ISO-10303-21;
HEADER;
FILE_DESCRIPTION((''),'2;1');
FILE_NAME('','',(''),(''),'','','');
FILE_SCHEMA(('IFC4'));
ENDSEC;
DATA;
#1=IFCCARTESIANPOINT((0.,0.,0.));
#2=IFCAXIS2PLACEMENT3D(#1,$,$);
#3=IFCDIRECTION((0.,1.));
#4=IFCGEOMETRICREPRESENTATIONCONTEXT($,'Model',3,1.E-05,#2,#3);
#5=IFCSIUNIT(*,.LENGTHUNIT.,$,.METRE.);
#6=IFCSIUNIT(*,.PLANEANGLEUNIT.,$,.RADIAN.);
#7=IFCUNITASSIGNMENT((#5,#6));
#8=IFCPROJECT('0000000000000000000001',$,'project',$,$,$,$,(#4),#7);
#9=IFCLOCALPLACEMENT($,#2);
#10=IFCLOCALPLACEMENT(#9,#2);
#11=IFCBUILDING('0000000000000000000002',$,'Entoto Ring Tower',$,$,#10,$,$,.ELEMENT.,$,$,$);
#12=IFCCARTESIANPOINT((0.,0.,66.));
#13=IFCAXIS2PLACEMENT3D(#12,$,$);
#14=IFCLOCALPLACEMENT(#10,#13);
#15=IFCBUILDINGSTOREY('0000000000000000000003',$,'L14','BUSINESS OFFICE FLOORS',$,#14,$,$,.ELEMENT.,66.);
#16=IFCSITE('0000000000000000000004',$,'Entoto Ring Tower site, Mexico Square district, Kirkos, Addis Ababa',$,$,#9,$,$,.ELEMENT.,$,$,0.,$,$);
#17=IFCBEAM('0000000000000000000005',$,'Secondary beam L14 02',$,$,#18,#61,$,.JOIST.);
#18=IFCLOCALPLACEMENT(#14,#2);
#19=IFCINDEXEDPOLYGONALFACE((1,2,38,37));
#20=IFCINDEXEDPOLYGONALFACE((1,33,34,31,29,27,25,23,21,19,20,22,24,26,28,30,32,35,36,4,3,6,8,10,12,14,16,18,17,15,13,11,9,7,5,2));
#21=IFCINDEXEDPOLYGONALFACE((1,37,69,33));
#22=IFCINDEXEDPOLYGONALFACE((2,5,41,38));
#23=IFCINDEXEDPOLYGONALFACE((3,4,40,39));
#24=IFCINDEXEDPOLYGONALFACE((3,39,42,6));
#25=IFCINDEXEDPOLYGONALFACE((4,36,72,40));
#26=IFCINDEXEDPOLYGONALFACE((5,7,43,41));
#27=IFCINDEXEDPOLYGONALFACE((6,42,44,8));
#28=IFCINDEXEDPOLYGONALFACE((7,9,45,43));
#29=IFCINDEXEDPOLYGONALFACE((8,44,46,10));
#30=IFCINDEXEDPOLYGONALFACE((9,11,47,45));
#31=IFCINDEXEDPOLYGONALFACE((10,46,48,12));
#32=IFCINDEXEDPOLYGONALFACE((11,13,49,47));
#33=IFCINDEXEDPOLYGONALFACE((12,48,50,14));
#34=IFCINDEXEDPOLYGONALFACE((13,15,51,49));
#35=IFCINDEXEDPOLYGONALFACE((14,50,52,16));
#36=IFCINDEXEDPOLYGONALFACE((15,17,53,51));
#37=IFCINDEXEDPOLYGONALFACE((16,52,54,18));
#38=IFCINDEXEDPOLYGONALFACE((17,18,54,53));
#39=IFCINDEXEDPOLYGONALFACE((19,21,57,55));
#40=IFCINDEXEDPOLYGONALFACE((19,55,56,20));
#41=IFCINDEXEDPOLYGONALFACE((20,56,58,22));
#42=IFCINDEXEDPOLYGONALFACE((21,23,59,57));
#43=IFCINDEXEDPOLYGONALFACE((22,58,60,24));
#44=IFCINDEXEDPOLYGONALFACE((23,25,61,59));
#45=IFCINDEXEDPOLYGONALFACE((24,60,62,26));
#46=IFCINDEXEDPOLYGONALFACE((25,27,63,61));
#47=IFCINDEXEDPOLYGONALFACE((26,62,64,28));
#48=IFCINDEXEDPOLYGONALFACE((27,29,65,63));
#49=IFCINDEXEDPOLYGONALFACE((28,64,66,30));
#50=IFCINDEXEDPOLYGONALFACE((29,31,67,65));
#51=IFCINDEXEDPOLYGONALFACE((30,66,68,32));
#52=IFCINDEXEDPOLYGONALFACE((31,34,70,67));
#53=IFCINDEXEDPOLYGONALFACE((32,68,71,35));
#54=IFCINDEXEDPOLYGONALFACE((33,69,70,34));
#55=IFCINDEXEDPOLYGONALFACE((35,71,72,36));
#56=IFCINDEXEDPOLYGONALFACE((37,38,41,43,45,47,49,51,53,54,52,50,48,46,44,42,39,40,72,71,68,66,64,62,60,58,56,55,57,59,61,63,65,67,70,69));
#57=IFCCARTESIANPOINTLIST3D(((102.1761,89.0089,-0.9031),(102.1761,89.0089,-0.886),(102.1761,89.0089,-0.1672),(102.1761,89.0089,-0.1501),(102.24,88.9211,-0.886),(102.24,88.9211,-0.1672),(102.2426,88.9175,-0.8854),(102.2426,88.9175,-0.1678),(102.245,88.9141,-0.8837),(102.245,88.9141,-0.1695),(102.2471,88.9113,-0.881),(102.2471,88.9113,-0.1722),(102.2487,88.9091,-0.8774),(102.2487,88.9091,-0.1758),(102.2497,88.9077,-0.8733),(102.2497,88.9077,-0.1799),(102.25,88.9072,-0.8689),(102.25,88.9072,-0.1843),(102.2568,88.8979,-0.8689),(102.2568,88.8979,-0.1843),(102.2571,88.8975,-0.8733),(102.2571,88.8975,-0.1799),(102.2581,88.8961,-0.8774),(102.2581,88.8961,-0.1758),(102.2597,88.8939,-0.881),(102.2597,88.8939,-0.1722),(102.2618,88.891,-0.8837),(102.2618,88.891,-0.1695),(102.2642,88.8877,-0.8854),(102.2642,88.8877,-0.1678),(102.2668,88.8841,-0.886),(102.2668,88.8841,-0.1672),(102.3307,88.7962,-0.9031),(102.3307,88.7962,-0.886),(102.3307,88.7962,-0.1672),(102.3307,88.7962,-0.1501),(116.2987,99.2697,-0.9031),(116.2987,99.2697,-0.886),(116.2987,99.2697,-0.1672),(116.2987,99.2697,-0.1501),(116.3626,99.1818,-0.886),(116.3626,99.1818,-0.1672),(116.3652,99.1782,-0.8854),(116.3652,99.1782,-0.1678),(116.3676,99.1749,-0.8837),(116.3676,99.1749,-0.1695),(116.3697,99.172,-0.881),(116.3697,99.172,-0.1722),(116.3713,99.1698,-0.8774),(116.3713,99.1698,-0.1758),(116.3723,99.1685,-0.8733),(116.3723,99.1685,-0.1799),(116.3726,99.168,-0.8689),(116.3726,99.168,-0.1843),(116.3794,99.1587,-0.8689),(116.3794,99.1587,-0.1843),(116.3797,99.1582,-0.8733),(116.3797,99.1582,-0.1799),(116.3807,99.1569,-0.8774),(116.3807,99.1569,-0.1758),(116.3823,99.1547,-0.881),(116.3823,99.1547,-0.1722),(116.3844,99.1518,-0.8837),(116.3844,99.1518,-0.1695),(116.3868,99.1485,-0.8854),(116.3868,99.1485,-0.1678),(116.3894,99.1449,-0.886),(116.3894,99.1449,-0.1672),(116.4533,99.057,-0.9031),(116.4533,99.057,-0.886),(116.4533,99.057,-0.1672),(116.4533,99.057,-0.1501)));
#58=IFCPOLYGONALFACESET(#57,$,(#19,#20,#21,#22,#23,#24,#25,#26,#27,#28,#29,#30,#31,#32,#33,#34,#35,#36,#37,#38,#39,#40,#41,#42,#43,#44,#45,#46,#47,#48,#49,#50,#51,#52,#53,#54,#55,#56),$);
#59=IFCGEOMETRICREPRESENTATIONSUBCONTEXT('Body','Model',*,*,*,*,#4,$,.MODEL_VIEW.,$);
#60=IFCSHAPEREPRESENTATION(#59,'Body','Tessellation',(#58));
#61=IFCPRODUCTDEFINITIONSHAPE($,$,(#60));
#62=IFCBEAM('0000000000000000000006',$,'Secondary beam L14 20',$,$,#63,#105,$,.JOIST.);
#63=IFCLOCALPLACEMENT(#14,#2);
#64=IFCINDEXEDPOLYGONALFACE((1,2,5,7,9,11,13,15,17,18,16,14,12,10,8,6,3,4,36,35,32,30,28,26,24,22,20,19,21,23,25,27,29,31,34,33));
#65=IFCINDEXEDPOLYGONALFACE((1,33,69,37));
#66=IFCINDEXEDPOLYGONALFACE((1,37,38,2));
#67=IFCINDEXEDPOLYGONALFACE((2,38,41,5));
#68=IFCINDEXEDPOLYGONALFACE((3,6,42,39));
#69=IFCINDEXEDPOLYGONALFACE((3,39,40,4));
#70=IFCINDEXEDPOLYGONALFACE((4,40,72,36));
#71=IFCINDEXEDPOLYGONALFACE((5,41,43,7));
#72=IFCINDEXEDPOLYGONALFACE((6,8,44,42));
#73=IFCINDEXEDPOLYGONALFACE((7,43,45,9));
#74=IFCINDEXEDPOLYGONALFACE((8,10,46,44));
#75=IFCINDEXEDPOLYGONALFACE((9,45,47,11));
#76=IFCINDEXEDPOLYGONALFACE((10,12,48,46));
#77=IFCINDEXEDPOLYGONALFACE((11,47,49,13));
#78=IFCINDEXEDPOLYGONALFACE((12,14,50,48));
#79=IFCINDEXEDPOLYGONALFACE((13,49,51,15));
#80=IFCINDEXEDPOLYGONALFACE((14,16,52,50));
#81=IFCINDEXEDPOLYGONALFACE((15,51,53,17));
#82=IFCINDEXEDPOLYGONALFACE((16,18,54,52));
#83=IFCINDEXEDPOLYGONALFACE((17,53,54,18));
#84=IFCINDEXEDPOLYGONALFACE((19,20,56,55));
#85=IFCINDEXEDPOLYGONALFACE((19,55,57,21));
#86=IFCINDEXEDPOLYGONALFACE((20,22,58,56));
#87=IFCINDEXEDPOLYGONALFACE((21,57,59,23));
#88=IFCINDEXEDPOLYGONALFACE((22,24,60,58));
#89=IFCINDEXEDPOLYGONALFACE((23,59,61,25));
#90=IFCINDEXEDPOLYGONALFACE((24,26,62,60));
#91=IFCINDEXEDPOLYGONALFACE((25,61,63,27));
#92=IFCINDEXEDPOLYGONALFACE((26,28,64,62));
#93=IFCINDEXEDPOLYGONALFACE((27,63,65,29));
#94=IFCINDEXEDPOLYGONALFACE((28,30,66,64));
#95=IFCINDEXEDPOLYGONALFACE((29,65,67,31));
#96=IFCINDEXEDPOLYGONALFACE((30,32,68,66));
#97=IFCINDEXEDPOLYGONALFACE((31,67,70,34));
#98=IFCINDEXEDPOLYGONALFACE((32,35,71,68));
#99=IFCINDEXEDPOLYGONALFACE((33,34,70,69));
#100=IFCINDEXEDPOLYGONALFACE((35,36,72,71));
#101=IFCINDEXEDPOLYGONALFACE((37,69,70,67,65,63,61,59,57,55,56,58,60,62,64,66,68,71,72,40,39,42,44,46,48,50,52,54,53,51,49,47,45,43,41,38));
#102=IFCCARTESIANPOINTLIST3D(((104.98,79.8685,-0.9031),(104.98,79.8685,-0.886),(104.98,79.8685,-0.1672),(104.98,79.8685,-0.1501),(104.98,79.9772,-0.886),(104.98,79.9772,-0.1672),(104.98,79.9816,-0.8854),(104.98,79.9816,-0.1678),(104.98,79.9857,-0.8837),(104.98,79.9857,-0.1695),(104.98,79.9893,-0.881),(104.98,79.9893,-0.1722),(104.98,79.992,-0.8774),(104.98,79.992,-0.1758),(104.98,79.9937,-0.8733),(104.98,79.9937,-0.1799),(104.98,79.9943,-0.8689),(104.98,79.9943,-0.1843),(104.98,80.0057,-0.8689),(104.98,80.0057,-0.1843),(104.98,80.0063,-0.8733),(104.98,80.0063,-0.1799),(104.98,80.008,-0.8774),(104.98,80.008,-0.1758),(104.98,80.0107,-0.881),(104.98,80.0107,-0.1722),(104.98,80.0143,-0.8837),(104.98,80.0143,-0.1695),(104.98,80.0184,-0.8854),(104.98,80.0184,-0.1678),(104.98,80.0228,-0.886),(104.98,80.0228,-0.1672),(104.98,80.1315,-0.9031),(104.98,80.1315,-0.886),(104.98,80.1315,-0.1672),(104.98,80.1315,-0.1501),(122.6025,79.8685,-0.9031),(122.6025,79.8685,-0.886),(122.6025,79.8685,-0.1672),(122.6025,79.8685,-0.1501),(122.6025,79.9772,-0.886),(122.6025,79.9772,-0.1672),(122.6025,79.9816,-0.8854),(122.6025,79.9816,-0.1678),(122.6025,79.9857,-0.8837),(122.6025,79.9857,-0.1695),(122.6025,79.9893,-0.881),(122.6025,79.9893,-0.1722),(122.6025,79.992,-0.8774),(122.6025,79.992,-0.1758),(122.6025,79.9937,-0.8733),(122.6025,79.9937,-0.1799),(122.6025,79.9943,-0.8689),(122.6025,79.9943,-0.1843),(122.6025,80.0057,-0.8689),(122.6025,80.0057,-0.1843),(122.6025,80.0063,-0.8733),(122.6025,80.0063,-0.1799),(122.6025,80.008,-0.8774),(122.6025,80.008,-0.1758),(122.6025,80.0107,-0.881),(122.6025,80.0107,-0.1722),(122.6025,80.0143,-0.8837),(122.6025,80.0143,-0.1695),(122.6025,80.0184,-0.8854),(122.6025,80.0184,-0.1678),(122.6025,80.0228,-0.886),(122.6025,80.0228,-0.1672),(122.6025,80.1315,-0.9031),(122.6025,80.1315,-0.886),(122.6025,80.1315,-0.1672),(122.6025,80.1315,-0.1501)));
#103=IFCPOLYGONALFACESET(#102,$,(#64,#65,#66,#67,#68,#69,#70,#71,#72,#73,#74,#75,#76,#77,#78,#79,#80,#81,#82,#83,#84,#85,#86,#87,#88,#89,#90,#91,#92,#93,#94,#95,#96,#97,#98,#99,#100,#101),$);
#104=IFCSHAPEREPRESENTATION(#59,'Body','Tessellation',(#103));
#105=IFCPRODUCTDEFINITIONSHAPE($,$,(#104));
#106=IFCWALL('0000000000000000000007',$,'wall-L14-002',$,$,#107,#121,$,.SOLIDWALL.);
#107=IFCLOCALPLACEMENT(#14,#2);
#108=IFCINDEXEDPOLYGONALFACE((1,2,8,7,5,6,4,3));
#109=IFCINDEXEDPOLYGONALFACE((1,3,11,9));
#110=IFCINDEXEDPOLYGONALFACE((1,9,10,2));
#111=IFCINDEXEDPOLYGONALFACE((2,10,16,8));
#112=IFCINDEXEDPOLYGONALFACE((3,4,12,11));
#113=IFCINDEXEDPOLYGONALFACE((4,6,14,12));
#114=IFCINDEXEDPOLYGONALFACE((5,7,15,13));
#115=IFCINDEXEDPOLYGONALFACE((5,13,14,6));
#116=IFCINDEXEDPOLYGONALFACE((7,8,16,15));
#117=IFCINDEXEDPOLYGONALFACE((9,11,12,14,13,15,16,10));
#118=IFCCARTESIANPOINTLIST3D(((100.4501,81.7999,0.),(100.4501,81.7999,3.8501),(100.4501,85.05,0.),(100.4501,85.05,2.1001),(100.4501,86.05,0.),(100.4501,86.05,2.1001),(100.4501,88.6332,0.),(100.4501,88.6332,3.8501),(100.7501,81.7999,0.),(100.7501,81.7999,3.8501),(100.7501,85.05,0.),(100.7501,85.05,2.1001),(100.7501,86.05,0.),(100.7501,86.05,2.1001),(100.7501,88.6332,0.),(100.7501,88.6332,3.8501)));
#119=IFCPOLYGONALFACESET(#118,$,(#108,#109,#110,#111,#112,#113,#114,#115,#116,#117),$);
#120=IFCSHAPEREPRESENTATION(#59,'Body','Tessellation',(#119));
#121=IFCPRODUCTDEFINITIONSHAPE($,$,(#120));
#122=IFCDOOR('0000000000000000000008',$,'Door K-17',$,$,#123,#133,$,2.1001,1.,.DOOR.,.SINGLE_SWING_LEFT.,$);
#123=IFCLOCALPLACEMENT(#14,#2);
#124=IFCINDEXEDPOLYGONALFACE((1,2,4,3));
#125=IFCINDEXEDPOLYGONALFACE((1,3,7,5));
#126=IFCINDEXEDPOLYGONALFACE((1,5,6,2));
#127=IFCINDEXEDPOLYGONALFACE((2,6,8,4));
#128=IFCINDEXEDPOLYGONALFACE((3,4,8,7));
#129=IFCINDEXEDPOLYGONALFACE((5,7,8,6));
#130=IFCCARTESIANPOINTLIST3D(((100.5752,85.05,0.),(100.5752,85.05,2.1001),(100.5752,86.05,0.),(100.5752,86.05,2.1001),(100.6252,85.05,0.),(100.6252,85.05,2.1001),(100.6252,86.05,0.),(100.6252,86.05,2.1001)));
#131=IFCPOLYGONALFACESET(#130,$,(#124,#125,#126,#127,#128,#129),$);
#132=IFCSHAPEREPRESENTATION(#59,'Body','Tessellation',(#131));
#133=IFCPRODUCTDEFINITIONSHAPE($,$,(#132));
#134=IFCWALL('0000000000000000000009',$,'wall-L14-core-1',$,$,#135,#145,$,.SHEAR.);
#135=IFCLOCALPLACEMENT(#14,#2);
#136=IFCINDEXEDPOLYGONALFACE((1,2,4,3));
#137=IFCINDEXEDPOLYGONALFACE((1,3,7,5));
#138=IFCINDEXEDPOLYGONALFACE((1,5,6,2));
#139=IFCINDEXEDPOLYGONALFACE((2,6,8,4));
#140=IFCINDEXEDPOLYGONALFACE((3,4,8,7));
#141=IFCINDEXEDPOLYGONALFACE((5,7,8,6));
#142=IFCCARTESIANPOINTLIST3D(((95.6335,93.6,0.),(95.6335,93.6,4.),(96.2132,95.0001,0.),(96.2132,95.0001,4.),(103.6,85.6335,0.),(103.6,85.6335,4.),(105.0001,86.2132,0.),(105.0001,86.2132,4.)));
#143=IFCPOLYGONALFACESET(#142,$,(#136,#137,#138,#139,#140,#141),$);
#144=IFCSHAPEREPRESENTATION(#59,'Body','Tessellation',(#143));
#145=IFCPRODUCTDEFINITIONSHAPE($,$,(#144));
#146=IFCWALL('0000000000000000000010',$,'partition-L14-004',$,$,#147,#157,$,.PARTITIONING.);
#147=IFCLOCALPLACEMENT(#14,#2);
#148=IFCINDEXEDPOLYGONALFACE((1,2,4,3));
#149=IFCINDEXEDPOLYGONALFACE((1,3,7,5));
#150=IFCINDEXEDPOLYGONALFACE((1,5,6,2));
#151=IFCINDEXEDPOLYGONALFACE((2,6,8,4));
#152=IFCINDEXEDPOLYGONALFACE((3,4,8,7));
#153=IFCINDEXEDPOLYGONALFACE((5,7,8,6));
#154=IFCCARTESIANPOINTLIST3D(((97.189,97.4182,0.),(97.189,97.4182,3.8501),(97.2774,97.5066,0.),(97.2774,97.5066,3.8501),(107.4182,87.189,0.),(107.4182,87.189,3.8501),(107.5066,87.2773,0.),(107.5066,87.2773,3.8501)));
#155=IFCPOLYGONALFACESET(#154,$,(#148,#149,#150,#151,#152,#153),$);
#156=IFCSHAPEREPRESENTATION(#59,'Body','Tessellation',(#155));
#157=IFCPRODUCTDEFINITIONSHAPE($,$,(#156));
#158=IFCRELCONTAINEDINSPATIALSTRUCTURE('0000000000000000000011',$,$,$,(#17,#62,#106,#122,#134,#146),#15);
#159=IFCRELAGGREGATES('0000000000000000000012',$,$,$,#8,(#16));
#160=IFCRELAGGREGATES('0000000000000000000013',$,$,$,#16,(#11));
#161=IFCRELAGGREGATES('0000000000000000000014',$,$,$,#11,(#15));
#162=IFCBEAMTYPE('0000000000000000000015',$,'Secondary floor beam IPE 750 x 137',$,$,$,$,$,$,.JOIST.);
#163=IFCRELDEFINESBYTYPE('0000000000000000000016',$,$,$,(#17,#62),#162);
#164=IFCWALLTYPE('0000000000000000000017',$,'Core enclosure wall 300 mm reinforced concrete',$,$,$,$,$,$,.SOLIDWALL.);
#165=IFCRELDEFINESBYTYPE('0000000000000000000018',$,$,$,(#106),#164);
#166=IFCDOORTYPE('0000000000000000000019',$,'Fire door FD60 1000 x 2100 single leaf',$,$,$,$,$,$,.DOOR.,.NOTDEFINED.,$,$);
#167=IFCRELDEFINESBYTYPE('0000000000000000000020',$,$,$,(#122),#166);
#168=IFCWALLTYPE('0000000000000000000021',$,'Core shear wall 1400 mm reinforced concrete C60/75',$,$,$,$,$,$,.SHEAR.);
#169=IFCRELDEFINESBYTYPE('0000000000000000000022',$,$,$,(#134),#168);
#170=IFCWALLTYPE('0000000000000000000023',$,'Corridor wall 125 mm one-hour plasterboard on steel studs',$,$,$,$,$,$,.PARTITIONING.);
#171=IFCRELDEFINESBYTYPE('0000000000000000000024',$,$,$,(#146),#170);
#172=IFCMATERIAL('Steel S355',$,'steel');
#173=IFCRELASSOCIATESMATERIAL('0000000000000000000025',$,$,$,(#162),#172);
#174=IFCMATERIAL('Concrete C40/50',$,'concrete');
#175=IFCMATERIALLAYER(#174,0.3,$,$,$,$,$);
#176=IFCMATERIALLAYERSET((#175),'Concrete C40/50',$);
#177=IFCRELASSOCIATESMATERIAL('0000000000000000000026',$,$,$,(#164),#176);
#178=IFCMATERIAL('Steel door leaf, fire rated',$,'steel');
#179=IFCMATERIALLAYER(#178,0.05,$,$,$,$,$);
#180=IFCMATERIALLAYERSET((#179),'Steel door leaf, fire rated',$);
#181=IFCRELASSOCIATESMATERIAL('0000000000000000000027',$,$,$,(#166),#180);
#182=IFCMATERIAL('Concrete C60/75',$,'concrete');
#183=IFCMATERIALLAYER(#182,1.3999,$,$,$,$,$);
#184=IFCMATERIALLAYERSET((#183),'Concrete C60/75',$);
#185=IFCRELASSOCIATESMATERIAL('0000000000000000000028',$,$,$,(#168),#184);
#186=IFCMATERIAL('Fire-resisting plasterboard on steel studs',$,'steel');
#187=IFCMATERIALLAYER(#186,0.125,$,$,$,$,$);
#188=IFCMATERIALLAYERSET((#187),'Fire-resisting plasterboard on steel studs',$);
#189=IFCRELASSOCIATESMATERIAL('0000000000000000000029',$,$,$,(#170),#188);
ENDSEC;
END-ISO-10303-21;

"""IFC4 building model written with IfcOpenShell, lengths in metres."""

from ifc_helpers import new_model, si_unit, direction, frame, frame_2d, origin, origin_2d, place, context, subcontext, project, spatial, polyline, rectangle, i_section, outline, extrude, material, layer, layer_set, material_profile, profile_set, type_object, element, fill, save


model = new_model("IFC4")

# Units and contexts
model_context = context("Model", 3, precision=1e-05, world=origin(), true_north=direction((0.0, 1.0)))
body_context = subcontext(model_context, "Body", "Model", "MODEL_VIEW")
ifc_project = project(units=[si_unit("LENGTHUNIT", "METRE"), si_unit("PLANEANGLEUNIT", "RADIAN")], contexts=[model_context])

# Site, building, storey
site_placement = place(None, origin())
site = spatial("IfcSite", under=ifc_project, at=site_placement, Name="Entoto Ring Tower site, Mexico Square district, Kirkos, Addis Ababa", CompositionType="ELEMENT", RefElevation=0.0)
building_placement = place(site_placement, origin())
building = spatial("IfcBuilding", under=site, at=building_placement, Name="Entoto Ring Tower", CompositionType="ELEMENT")
storey_placement = place(building_placement, frame((0.0, 0.0, 66.0)))
storey = spatial("IfcBuildingStorey", under=building, at=storey_placement, Name="L14", Description="BUSINESS OFFICE FLOORS", CompositionType="ELEMENT", Elevation=66.0)

# Beams
ifc_material_1 = material(Name="Steel S355", Category="steel")
ifc_material_profile_1 = material_profile(ifc_material_1, i_section(OverallWidth=0.2629, OverallDepth=0.7529, WebThickness=0.0115, FlangeThickness=0.0171, FilletRadius=0.0171, at=origin_2d()), Name="IPE 750 x 137")
ifc_profile_set_1 = profile_set([ifc_material_profile_1], Name="Steel S355")
beam_type_1 = type_object("IfcBeamType", Name="Secondary floor beam IPE 750 x 137", PredefinedType="JOIST", material=ifc_profile_set_1)
beam_1_placement = place(storey_placement, frame((102.2534, 88.9026, -0.5266), z_axis=(0.809014, 0.587789, 0.0), x_axis=(-0.587789, 0.809014, 0.0)))
element("IfcBeam", 1, at=beam_1_placement, inside=storey, type_object=beam_type_1, Name="Secondary beam L14 02", PredefinedType="JOIST", context=body_context, shape_type="SweptSolid", body=[
    extrude(i_section(OverallWidth=0.2629, OverallDepth=0.7529, WebThickness=0.0115, FlangeThickness=0.0171, FilletRadius=0.0171, at=origin_2d()), origin(), (0.0, 0.0, 1.0), 17.4565),
])
beam_2_placement = place(storey_placement, frame((104.98, 80.0, -0.5266), z_axis=(1.0, 0.0, 0.0), x_axis=(0.0, 1.0, 0.0)))
element("IfcBeam", 2, at=beam_2_placement, inside=storey, type_object=beam_type_1, Name="Secondary beam L14 20", PredefinedType="JOIST", context=body_context, shape_type="SweptSolid", body=[
    extrude(i_section(OverallWidth=0.2629, OverallDepth=0.7529, WebThickness=0.0115, FlangeThickness=0.0171, FilletRadius=0.0171, at=origin_2d()), origin(), (0.0, 0.0, 1.0), 17.6226),
])

# Wall, opening, door
ifc_material_2 = material(Name="Concrete C40/50", Category="concrete")
ifc_layer_1 = layer(ifc_material_2, 0.3)
ifc_layer_set_1 = layer_set([ifc_layer_1], Name="Concrete C40/50")
wall_type_1 = type_object("IfcWallType", Name="Core enclosure wall 300 mm reinforced concrete", PredefinedType="SOLIDWALL", material=ifc_layer_set_1)
wall_1_placement = place(storey_placement, frame((100.6001, 81.8, 0.0), z_axis=(0.0, 0.0, 1.0), x_axis=(0.0, 1.0, 0.0)))
wall_1 = element("IfcWall", 3, at=wall_1_placement, inside=storey, type_object=wall_type_1, Name="wall-L14-002", PredefinedType="SOLIDWALL", context=body_context, shape_type="SweptSolid", body=[
    extrude(rectangle(XDim=6.8333, YDim=0.3, at=frame_2d((3.4165, 0.0))), origin(), (0.0, 0.0, 1.0), 3.8501),
])
opening_1_placement = place(wall_1_placement, frame((3.25, 0.0, 0.0)))
opening_1 = element("IfcOpeningElement", 4, at=opening_1_placement, cuts=wall_1, PredefinedType="OPENING", context=body_context, shape_type="SweptSolid", body=[
    extrude(rectangle(XDim=1.0, YDim=2.1001, at=frame_2d((0.5, 1.05))), frame((0.0, 0.1602, 0.0), z_axis=(0.0, -1.0, 0.0), x_axis=(1.0, 0.0, 0.0)), (0.0, 0.0, 1.0), 0.3201),
])
ifc_material_3 = material(Name="Steel door leaf, fire rated", Category="steel")
ifc_layer_2 = layer(ifc_material_3, 0.05)
ifc_layer_set_2 = layer_set([ifc_layer_2], Name="Steel door leaf, fire rated")
door_type_1 = type_object("IfcDoorType", Name="Fire door FD60 1000 x 2100 single leaf", OperationType="NOTDEFINED", PredefinedType="DOOR", material=ifc_layer_set_2)
door_1_placement = place(opening_1_placement, origin())
door_1 = element("IfcDoor", 5, at=door_1_placement, inside=storey, type_object=door_type_1, Name="Door K-17", OperationType="SINGLE_SWING_LEFT", OverallHeight=2.1001, OverallWidth=1.0, PredefinedType="DOOR", context=body_context, shape_type="SweptSolid", body=[
    extrude(rectangle(XDim=1.0, YDim=2.1001, at=frame_2d((0.5, 1.05))), frame((0.0, 0.0249, 0.0), z_axis=(0.0, -1.0, 0.0), x_axis=(1.0, 0.0, 0.0)), (0.0, 0.0, 1.0), 0.05),
])
fill(opening_1, door_1)

# Walls
ifc_material_4 = material(Name="Concrete C60/75", Category="concrete")
ifc_layer_3 = layer(ifc_material_4, 1.3999)
ifc_layer_set_3 = layer_set([ifc_layer_3], Name="Concrete C60/75")
wall_type_2 = type_object("IfcWallType", Name="Core shear wall 1400 mm reinforced concrete C60/75", PredefinedType="SHEAR", material=ifc_layer_set_3)
wall_2_placement = place(storey_placement, frame((104.3, 85.9233, 0.0), z_axis=(0.0, 0.0, 1.0), x_axis=(-0.707107, 0.707107, 0.0)))
element("IfcWall", 6, at=wall_2_placement, inside=storey, type_object=wall_type_2, Name="wall-L14-core-1", PredefinedType="SHEAR", context=body_context, shape_type="SweptSolid", body=[
    extrude(outline(polyline([(-0.29, -0.7), (12.1365, -0.7), (11.5564, 0.7), (0.29, 0.7), (-0.29, -0.7)])), origin(), (0.0, 0.0, 1.0), 4.0),
])
ifc_material_5 = material(Name="Fire-resisting plasterboard on steel studs", Category="steel")
ifc_layer_4 = layer(ifc_material_5, 0.125)
ifc_layer_set_4 = layer_set([ifc_layer_4], Name="Fire-resisting plasterboard on steel studs")
wall_type_3 = type_object("IfcWallType", Name="Corridor wall 125 mm one-hour plasterboard on steel studs", PredefinedType="PARTITIONING", material=ifc_layer_set_4)
wall_3_placement = place(storey_placement, frame((107.4624, 87.2332, 0.0), z_axis=(0.0, 0.0, 1.0), x_axis=(-0.707107, 0.707107, 0.0)))
element("IfcWall", 7, at=wall_3_placement, inside=storey, type_object=wall_type_3, Name="partition-L14-004", PredefinedType="PARTITIONING", context=body_context, shape_type="SweptSolid", body=[
    extrude(rectangle(XDim=14.4663, YDim=0.125, at=frame_2d((7.2332, 0.0))), origin(), (0.0, 0.0, 1.0), 3.8501),
])

save(model, "model.ifc")
